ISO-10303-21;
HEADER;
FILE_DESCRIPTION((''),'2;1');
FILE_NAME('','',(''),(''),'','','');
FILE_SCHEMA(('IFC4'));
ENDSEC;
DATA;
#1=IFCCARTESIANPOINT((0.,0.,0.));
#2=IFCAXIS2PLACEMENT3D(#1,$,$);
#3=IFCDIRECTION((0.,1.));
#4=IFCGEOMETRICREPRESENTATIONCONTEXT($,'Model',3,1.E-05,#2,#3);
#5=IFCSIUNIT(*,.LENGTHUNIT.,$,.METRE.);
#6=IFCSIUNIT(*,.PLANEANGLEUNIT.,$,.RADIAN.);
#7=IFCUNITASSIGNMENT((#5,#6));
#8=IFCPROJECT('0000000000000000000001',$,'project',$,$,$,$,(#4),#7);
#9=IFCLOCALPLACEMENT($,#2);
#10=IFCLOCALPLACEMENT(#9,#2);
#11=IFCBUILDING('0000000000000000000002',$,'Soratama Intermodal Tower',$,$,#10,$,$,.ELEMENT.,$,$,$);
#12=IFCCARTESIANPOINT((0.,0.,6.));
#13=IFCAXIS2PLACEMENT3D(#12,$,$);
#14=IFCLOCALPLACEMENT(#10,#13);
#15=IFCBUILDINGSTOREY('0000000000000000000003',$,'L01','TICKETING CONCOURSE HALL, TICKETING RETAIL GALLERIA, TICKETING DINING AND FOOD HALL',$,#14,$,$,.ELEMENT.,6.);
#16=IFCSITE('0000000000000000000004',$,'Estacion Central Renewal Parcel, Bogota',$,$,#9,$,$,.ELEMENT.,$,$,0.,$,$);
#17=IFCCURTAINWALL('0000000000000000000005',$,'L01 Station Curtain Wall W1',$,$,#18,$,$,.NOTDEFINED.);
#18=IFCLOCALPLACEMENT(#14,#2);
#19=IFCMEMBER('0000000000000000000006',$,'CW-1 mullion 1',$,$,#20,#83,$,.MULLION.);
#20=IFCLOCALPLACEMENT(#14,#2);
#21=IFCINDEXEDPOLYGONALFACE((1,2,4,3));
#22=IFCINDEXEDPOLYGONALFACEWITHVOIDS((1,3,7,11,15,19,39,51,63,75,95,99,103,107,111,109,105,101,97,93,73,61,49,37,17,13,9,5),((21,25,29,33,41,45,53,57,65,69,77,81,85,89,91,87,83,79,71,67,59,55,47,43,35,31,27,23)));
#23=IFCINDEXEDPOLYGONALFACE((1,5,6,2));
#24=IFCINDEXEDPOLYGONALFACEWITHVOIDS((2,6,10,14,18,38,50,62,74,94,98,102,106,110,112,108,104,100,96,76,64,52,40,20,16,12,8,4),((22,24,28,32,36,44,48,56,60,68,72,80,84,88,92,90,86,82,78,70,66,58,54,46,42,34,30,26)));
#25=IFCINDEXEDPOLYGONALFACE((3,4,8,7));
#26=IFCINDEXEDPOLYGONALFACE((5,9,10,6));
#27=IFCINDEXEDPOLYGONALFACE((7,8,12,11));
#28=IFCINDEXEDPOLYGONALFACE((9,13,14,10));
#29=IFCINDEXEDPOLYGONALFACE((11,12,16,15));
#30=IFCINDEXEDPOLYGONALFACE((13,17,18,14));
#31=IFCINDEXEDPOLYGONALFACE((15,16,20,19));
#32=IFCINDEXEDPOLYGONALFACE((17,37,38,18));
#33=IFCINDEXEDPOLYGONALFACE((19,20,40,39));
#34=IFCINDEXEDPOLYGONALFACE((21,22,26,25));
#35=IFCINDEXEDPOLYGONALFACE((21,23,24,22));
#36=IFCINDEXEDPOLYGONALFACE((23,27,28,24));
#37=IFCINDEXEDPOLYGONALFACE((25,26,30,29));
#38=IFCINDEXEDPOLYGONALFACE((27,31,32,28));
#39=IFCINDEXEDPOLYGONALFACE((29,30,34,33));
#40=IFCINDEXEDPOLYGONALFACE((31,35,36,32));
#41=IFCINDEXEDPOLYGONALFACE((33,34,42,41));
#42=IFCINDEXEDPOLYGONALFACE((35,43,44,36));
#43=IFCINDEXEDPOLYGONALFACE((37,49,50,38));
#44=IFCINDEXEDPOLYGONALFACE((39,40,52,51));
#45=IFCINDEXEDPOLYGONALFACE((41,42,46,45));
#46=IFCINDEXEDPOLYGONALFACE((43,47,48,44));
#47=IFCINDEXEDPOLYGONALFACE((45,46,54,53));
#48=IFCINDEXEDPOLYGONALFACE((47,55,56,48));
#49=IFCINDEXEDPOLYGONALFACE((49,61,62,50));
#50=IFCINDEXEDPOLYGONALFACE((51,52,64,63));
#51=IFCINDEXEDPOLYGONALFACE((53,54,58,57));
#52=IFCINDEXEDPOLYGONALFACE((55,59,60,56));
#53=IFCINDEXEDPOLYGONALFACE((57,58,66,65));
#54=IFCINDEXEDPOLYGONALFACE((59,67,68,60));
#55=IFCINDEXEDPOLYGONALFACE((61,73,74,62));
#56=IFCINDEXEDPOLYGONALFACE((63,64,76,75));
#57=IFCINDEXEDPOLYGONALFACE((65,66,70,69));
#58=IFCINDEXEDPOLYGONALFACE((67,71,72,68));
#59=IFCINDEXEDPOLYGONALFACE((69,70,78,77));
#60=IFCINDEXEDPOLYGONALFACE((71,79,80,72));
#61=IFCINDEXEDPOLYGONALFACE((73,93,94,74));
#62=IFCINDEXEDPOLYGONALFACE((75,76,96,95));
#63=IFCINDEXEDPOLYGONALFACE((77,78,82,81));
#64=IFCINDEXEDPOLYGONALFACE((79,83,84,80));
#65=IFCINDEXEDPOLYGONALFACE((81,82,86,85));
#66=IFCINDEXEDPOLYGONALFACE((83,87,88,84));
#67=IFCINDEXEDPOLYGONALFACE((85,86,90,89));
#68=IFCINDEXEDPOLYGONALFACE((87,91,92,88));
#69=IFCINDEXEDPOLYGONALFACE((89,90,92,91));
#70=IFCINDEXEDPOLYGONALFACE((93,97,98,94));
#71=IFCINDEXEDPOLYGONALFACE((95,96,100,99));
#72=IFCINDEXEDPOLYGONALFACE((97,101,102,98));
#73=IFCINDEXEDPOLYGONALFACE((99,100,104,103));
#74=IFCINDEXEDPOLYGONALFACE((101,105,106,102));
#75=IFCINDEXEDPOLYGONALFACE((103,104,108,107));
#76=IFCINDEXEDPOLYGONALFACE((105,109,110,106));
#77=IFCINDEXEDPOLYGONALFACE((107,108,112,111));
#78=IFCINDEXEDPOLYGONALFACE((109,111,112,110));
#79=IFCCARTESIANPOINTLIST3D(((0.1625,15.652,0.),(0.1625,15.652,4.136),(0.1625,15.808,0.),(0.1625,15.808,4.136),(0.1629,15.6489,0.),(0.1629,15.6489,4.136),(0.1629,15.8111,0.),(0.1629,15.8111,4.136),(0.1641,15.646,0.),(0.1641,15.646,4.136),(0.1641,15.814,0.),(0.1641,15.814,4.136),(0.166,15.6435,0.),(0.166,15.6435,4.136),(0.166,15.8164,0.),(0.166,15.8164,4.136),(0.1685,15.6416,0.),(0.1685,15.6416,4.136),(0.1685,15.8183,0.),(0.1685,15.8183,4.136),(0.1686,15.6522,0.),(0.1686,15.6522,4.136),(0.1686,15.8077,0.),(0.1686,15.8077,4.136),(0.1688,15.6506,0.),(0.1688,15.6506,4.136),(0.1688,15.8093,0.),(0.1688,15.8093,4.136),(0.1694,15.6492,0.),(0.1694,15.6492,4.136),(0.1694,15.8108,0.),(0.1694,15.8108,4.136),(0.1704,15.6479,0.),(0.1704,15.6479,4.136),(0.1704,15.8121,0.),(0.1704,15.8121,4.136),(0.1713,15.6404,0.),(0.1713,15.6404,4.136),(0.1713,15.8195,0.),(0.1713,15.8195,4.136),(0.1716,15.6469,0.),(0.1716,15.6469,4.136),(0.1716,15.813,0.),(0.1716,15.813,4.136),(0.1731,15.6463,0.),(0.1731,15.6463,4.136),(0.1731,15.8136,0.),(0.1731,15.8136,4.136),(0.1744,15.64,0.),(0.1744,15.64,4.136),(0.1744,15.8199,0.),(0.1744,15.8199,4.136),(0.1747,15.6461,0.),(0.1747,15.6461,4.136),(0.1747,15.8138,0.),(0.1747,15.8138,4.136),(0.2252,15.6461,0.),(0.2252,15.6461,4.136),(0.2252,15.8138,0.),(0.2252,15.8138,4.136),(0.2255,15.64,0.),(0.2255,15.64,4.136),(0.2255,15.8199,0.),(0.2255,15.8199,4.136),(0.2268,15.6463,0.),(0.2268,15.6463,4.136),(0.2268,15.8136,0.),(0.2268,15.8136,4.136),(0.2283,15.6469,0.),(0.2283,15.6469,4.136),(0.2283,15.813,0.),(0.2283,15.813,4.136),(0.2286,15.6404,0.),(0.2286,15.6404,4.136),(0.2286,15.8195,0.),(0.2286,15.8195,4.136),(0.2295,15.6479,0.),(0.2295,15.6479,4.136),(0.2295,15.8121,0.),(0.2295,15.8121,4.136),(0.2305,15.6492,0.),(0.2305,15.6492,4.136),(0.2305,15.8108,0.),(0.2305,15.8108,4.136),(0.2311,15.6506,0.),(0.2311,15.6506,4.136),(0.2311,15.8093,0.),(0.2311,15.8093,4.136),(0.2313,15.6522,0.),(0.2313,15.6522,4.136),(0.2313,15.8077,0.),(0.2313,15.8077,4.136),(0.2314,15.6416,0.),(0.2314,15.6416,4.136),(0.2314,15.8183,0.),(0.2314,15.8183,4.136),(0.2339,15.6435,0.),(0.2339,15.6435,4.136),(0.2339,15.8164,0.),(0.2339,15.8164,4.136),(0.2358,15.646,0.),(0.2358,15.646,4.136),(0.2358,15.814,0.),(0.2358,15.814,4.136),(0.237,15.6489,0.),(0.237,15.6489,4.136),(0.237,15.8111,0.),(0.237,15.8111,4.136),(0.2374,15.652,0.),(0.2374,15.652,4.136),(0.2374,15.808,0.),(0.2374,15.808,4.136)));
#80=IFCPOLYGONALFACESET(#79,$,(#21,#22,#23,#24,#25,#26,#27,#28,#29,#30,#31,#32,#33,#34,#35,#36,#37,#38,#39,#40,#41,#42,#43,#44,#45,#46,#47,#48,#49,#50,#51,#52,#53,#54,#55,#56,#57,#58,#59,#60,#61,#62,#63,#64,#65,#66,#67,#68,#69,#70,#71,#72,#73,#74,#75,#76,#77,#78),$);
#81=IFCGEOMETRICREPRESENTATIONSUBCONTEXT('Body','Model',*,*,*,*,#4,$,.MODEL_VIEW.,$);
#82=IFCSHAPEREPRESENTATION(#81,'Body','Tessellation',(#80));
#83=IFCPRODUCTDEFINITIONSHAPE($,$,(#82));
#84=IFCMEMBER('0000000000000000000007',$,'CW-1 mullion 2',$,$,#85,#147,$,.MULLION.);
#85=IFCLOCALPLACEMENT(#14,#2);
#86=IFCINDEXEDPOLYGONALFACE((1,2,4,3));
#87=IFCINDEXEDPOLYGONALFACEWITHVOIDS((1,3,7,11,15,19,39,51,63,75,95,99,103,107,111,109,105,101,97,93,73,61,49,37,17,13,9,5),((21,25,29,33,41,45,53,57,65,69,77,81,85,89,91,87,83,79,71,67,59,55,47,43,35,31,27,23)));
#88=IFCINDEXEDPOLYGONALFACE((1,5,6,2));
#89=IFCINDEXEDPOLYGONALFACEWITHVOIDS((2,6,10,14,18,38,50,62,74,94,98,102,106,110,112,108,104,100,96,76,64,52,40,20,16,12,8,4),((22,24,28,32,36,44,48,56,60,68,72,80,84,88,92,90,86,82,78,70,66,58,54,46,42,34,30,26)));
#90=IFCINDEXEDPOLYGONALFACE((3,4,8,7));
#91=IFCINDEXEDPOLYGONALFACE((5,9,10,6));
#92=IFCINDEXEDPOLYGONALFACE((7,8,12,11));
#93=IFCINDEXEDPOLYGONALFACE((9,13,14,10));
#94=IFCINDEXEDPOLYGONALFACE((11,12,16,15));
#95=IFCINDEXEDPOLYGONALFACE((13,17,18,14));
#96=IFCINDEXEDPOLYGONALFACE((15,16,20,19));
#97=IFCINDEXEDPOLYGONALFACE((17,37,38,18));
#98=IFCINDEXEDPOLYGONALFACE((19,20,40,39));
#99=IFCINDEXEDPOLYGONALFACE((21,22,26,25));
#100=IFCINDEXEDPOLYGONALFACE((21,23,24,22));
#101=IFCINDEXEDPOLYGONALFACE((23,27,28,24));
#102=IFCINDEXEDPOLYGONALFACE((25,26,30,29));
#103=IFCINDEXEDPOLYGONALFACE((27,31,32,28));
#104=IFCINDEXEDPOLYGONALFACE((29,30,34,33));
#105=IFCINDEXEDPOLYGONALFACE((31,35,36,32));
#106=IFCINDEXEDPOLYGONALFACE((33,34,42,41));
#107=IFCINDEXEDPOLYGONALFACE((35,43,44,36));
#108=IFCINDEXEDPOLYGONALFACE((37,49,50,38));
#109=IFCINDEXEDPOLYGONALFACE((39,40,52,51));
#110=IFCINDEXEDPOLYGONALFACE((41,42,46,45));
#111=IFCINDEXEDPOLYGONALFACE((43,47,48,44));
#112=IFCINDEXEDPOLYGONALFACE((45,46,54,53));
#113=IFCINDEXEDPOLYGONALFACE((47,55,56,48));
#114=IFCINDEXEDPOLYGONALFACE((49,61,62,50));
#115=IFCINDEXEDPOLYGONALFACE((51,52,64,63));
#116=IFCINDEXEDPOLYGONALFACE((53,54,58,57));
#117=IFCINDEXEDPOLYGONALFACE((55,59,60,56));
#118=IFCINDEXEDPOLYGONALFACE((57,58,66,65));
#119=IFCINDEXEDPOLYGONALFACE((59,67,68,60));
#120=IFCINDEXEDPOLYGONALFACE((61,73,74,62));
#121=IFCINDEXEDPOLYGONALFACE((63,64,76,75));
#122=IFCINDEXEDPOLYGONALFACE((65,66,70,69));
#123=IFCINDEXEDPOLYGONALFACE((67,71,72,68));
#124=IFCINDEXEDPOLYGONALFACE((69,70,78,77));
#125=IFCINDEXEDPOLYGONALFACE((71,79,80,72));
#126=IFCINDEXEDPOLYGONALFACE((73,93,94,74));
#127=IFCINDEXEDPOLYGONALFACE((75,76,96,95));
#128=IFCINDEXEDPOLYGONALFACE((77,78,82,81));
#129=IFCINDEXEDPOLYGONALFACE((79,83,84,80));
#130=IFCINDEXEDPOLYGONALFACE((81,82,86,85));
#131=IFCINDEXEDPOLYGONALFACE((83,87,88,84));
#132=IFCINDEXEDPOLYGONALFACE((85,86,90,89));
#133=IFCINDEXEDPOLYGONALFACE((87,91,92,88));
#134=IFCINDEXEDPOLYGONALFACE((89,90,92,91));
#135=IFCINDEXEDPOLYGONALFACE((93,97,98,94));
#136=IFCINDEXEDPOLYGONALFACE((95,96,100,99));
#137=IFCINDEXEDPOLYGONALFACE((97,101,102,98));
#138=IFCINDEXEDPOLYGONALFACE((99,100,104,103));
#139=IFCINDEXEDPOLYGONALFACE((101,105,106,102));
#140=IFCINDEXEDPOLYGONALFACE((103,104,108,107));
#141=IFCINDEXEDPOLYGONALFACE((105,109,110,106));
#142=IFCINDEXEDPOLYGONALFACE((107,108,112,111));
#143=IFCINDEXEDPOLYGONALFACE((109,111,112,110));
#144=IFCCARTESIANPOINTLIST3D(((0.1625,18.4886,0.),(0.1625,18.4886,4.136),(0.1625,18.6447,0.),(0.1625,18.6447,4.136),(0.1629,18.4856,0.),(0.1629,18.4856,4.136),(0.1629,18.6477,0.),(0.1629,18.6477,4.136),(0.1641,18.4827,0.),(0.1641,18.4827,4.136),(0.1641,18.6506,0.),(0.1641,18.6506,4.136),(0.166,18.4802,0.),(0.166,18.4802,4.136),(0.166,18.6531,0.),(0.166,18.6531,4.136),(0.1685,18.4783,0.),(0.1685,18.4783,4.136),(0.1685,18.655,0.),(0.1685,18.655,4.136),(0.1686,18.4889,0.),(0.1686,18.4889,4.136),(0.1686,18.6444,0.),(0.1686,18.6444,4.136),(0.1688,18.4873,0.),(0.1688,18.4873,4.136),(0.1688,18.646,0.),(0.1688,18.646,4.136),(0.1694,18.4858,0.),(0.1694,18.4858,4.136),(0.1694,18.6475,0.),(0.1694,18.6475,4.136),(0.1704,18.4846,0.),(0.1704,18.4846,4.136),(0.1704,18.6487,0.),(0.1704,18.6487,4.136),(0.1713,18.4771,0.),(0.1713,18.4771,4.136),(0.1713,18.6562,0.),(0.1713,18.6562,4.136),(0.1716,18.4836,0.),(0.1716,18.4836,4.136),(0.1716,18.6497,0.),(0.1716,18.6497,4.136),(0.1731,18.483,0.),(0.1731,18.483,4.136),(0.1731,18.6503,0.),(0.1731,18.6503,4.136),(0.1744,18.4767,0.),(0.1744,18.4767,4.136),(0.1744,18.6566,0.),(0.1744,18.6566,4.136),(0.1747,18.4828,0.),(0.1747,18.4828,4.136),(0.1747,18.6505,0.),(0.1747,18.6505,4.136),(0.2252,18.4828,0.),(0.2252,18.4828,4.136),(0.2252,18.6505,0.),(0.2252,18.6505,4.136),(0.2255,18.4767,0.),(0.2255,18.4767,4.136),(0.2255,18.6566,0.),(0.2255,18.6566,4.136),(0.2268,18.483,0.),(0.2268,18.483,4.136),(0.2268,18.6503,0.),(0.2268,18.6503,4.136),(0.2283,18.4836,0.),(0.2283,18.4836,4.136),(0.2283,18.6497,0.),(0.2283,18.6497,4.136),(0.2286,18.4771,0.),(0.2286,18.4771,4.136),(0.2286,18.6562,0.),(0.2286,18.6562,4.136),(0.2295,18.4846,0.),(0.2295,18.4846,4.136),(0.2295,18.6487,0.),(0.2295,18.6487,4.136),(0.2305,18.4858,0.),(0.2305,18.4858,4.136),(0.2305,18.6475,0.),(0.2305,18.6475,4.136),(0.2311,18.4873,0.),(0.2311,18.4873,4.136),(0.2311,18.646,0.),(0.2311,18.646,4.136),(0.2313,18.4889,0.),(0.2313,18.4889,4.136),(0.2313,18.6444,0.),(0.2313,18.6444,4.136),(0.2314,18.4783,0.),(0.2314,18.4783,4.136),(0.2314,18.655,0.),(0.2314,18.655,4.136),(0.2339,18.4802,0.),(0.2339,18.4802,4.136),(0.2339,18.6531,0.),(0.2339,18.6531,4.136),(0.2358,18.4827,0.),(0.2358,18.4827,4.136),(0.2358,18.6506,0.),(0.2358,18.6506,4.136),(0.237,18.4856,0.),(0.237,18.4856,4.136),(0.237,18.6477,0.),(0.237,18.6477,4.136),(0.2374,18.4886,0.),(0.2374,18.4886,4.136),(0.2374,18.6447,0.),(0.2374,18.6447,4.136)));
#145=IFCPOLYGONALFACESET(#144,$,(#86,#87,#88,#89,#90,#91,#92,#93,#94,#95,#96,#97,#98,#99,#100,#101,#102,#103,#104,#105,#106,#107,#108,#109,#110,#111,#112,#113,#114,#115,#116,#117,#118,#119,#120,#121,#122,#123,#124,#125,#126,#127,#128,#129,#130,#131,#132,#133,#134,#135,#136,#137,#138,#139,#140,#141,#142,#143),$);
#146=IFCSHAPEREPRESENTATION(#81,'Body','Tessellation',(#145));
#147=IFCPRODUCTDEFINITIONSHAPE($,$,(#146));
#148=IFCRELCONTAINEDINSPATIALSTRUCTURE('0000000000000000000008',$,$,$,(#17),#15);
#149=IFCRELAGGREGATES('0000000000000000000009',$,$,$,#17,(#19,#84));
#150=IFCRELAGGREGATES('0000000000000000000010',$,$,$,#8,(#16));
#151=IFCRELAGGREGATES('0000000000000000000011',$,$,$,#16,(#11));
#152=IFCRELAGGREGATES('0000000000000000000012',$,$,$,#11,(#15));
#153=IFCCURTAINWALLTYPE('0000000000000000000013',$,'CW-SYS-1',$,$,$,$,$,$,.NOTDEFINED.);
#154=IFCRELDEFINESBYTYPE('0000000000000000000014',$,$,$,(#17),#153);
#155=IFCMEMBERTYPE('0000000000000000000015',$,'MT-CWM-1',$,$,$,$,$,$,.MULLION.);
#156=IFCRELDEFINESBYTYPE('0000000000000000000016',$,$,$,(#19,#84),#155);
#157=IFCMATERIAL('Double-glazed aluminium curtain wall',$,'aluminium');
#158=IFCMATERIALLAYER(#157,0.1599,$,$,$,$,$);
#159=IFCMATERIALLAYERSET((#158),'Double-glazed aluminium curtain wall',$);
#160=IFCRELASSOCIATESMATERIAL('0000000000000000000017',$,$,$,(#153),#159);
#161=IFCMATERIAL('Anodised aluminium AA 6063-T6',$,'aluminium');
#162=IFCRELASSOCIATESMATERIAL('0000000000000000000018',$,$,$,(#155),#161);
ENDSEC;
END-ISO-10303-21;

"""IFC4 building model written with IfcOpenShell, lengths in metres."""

from ifc_helpers import new_model, si_unit, direction, frame, origin, origin_2d, place, context, subcontext, project, spatial, hollow_rectangle, extrude, material, layer, layer_set, material_profile, profile_set, type_object, element, aggregate, save


model = new_model("IFC4")

# Units and contexts
model_context = context("Model", 3, precision=1e-05, world=origin(), true_north=direction((0.0, 1.0)))
body_context = subcontext(model_context, "Body", "Model", "MODEL_VIEW")
ifc_project = project(units=[si_unit("LENGTHUNIT", "METRE"), si_unit("PLANEANGLEUNIT", "RADIAN")], contexts=[model_context])

# Site, building, storey
site_placement = place(None, origin())
site = spatial("IfcSite", under=ifc_project, at=site_placement, Name="Estacion Central Renewal Parcel, Bogota", CompositionType="ELEMENT", RefElevation=0.0)
building_placement = place(site_placement, origin())
building = spatial("IfcBuilding", under=site, at=building_placement, Name="Soratama Intermodal Tower", CompositionType="ELEMENT")
storey_placement = place(building_placement, frame((0.0, 0.0, 6.0)))
storey = spatial("IfcBuildingStorey", under=building, at=storey_placement, Name="L01", Description="TICKETING CONCOURSE HALL, TICKETING RETAIL GALLERIA, TICKETING DINING AND FOOD HALL", CompositionType="ELEMENT", Elevation=6.0)

# Curtain wall, members
ifc_material_1 = material(Name="Double-glazed aluminium curtain wall", Category="aluminium")
ifc_layer_1 = layer(ifc_material_1, 0.1599)
ifc_layer_set_1 = layer_set([ifc_layer_1], Name="Double-glazed aluminium curtain wall")
curtain_wall_type = type_object("IfcCurtainWallType", Name="CW-SYS-1", PredefinedType="NOTDEFINED", material=ifc_layer_set_1)
curtain_wall_placement = place(storey_placement, origin())
curtain_wall = element("IfcCurtainWall", 1, at=curtain_wall_placement, inside=storey, type_object=curtain_wall_type, Name="L01 Station Curtain Wall W1", PredefinedType="NOTDEFINED")
ifc_material_2 = material(Name="Anodised aluminium AA 6063-T6", Category="aluminium")
ifc_material_profile_1 = material_profile(ifc_material_2, hollow_rectangle(XDim=0.075, YDim=0.1799, WallThickness=0.0061, InnerFilletRadius=0.0061, OuterFilletRadius=0.012, at=origin_2d()), Name="CWM180X75X6")
ifc_profile_set_1 = profile_set([ifc_material_profile_1], Name="Anodised aluminium AA 6063-T6")
member_type_1 = type_object("IfcMemberType", Name="MT-CWM-1", PredefinedType="MULLION", material=ifc_profile_set_1)
member_1_placement = place(storey_placement, frame((0.2, 15.73, 0.0), z_axis=(0.0, 0.0, 1.0), x_axis=(-1.0, 0.0, 0.0)))
member_1 = element("IfcMember", 2, at=member_1_placement, type_object=member_type_1, Name="CW-1 mullion 1", PredefinedType="MULLION", context=body_context, shape_type="SweptSolid", body=[
    extrude(hollow_rectangle(XDim=0.075, YDim=0.1799, WallThickness=0.0061, InnerFilletRadius=0.0061, OuterFilletRadius=0.012, at=origin_2d()), origin(), (0.0, 0.0, 1.0), 4.136),
])
member_2_placement = place(storey_placement, frame((0.2, 18.5667, 0.0), z_axis=(0.0, 0.0, 1.0), x_axis=(-1.0, 0.0, 0.0)))
member_2 = element("IfcMember", 3, at=member_2_placement, type_object=member_type_1, Name="CW-1 mullion 2", PredefinedType="MULLION", context=body_context, shape_type="SweptSolid", body=[
    extrude(hollow_rectangle(XDim=0.075, YDim=0.1799, WallThickness=0.0061, InnerFilletRadius=0.0061, OuterFilletRadius=0.012, at=origin_2d()), origin(), (0.0, 0.0, 1.0), 4.136),
])
aggregate(curtain_wall, [member_1, member_2])

save(model, "model.ifc")
